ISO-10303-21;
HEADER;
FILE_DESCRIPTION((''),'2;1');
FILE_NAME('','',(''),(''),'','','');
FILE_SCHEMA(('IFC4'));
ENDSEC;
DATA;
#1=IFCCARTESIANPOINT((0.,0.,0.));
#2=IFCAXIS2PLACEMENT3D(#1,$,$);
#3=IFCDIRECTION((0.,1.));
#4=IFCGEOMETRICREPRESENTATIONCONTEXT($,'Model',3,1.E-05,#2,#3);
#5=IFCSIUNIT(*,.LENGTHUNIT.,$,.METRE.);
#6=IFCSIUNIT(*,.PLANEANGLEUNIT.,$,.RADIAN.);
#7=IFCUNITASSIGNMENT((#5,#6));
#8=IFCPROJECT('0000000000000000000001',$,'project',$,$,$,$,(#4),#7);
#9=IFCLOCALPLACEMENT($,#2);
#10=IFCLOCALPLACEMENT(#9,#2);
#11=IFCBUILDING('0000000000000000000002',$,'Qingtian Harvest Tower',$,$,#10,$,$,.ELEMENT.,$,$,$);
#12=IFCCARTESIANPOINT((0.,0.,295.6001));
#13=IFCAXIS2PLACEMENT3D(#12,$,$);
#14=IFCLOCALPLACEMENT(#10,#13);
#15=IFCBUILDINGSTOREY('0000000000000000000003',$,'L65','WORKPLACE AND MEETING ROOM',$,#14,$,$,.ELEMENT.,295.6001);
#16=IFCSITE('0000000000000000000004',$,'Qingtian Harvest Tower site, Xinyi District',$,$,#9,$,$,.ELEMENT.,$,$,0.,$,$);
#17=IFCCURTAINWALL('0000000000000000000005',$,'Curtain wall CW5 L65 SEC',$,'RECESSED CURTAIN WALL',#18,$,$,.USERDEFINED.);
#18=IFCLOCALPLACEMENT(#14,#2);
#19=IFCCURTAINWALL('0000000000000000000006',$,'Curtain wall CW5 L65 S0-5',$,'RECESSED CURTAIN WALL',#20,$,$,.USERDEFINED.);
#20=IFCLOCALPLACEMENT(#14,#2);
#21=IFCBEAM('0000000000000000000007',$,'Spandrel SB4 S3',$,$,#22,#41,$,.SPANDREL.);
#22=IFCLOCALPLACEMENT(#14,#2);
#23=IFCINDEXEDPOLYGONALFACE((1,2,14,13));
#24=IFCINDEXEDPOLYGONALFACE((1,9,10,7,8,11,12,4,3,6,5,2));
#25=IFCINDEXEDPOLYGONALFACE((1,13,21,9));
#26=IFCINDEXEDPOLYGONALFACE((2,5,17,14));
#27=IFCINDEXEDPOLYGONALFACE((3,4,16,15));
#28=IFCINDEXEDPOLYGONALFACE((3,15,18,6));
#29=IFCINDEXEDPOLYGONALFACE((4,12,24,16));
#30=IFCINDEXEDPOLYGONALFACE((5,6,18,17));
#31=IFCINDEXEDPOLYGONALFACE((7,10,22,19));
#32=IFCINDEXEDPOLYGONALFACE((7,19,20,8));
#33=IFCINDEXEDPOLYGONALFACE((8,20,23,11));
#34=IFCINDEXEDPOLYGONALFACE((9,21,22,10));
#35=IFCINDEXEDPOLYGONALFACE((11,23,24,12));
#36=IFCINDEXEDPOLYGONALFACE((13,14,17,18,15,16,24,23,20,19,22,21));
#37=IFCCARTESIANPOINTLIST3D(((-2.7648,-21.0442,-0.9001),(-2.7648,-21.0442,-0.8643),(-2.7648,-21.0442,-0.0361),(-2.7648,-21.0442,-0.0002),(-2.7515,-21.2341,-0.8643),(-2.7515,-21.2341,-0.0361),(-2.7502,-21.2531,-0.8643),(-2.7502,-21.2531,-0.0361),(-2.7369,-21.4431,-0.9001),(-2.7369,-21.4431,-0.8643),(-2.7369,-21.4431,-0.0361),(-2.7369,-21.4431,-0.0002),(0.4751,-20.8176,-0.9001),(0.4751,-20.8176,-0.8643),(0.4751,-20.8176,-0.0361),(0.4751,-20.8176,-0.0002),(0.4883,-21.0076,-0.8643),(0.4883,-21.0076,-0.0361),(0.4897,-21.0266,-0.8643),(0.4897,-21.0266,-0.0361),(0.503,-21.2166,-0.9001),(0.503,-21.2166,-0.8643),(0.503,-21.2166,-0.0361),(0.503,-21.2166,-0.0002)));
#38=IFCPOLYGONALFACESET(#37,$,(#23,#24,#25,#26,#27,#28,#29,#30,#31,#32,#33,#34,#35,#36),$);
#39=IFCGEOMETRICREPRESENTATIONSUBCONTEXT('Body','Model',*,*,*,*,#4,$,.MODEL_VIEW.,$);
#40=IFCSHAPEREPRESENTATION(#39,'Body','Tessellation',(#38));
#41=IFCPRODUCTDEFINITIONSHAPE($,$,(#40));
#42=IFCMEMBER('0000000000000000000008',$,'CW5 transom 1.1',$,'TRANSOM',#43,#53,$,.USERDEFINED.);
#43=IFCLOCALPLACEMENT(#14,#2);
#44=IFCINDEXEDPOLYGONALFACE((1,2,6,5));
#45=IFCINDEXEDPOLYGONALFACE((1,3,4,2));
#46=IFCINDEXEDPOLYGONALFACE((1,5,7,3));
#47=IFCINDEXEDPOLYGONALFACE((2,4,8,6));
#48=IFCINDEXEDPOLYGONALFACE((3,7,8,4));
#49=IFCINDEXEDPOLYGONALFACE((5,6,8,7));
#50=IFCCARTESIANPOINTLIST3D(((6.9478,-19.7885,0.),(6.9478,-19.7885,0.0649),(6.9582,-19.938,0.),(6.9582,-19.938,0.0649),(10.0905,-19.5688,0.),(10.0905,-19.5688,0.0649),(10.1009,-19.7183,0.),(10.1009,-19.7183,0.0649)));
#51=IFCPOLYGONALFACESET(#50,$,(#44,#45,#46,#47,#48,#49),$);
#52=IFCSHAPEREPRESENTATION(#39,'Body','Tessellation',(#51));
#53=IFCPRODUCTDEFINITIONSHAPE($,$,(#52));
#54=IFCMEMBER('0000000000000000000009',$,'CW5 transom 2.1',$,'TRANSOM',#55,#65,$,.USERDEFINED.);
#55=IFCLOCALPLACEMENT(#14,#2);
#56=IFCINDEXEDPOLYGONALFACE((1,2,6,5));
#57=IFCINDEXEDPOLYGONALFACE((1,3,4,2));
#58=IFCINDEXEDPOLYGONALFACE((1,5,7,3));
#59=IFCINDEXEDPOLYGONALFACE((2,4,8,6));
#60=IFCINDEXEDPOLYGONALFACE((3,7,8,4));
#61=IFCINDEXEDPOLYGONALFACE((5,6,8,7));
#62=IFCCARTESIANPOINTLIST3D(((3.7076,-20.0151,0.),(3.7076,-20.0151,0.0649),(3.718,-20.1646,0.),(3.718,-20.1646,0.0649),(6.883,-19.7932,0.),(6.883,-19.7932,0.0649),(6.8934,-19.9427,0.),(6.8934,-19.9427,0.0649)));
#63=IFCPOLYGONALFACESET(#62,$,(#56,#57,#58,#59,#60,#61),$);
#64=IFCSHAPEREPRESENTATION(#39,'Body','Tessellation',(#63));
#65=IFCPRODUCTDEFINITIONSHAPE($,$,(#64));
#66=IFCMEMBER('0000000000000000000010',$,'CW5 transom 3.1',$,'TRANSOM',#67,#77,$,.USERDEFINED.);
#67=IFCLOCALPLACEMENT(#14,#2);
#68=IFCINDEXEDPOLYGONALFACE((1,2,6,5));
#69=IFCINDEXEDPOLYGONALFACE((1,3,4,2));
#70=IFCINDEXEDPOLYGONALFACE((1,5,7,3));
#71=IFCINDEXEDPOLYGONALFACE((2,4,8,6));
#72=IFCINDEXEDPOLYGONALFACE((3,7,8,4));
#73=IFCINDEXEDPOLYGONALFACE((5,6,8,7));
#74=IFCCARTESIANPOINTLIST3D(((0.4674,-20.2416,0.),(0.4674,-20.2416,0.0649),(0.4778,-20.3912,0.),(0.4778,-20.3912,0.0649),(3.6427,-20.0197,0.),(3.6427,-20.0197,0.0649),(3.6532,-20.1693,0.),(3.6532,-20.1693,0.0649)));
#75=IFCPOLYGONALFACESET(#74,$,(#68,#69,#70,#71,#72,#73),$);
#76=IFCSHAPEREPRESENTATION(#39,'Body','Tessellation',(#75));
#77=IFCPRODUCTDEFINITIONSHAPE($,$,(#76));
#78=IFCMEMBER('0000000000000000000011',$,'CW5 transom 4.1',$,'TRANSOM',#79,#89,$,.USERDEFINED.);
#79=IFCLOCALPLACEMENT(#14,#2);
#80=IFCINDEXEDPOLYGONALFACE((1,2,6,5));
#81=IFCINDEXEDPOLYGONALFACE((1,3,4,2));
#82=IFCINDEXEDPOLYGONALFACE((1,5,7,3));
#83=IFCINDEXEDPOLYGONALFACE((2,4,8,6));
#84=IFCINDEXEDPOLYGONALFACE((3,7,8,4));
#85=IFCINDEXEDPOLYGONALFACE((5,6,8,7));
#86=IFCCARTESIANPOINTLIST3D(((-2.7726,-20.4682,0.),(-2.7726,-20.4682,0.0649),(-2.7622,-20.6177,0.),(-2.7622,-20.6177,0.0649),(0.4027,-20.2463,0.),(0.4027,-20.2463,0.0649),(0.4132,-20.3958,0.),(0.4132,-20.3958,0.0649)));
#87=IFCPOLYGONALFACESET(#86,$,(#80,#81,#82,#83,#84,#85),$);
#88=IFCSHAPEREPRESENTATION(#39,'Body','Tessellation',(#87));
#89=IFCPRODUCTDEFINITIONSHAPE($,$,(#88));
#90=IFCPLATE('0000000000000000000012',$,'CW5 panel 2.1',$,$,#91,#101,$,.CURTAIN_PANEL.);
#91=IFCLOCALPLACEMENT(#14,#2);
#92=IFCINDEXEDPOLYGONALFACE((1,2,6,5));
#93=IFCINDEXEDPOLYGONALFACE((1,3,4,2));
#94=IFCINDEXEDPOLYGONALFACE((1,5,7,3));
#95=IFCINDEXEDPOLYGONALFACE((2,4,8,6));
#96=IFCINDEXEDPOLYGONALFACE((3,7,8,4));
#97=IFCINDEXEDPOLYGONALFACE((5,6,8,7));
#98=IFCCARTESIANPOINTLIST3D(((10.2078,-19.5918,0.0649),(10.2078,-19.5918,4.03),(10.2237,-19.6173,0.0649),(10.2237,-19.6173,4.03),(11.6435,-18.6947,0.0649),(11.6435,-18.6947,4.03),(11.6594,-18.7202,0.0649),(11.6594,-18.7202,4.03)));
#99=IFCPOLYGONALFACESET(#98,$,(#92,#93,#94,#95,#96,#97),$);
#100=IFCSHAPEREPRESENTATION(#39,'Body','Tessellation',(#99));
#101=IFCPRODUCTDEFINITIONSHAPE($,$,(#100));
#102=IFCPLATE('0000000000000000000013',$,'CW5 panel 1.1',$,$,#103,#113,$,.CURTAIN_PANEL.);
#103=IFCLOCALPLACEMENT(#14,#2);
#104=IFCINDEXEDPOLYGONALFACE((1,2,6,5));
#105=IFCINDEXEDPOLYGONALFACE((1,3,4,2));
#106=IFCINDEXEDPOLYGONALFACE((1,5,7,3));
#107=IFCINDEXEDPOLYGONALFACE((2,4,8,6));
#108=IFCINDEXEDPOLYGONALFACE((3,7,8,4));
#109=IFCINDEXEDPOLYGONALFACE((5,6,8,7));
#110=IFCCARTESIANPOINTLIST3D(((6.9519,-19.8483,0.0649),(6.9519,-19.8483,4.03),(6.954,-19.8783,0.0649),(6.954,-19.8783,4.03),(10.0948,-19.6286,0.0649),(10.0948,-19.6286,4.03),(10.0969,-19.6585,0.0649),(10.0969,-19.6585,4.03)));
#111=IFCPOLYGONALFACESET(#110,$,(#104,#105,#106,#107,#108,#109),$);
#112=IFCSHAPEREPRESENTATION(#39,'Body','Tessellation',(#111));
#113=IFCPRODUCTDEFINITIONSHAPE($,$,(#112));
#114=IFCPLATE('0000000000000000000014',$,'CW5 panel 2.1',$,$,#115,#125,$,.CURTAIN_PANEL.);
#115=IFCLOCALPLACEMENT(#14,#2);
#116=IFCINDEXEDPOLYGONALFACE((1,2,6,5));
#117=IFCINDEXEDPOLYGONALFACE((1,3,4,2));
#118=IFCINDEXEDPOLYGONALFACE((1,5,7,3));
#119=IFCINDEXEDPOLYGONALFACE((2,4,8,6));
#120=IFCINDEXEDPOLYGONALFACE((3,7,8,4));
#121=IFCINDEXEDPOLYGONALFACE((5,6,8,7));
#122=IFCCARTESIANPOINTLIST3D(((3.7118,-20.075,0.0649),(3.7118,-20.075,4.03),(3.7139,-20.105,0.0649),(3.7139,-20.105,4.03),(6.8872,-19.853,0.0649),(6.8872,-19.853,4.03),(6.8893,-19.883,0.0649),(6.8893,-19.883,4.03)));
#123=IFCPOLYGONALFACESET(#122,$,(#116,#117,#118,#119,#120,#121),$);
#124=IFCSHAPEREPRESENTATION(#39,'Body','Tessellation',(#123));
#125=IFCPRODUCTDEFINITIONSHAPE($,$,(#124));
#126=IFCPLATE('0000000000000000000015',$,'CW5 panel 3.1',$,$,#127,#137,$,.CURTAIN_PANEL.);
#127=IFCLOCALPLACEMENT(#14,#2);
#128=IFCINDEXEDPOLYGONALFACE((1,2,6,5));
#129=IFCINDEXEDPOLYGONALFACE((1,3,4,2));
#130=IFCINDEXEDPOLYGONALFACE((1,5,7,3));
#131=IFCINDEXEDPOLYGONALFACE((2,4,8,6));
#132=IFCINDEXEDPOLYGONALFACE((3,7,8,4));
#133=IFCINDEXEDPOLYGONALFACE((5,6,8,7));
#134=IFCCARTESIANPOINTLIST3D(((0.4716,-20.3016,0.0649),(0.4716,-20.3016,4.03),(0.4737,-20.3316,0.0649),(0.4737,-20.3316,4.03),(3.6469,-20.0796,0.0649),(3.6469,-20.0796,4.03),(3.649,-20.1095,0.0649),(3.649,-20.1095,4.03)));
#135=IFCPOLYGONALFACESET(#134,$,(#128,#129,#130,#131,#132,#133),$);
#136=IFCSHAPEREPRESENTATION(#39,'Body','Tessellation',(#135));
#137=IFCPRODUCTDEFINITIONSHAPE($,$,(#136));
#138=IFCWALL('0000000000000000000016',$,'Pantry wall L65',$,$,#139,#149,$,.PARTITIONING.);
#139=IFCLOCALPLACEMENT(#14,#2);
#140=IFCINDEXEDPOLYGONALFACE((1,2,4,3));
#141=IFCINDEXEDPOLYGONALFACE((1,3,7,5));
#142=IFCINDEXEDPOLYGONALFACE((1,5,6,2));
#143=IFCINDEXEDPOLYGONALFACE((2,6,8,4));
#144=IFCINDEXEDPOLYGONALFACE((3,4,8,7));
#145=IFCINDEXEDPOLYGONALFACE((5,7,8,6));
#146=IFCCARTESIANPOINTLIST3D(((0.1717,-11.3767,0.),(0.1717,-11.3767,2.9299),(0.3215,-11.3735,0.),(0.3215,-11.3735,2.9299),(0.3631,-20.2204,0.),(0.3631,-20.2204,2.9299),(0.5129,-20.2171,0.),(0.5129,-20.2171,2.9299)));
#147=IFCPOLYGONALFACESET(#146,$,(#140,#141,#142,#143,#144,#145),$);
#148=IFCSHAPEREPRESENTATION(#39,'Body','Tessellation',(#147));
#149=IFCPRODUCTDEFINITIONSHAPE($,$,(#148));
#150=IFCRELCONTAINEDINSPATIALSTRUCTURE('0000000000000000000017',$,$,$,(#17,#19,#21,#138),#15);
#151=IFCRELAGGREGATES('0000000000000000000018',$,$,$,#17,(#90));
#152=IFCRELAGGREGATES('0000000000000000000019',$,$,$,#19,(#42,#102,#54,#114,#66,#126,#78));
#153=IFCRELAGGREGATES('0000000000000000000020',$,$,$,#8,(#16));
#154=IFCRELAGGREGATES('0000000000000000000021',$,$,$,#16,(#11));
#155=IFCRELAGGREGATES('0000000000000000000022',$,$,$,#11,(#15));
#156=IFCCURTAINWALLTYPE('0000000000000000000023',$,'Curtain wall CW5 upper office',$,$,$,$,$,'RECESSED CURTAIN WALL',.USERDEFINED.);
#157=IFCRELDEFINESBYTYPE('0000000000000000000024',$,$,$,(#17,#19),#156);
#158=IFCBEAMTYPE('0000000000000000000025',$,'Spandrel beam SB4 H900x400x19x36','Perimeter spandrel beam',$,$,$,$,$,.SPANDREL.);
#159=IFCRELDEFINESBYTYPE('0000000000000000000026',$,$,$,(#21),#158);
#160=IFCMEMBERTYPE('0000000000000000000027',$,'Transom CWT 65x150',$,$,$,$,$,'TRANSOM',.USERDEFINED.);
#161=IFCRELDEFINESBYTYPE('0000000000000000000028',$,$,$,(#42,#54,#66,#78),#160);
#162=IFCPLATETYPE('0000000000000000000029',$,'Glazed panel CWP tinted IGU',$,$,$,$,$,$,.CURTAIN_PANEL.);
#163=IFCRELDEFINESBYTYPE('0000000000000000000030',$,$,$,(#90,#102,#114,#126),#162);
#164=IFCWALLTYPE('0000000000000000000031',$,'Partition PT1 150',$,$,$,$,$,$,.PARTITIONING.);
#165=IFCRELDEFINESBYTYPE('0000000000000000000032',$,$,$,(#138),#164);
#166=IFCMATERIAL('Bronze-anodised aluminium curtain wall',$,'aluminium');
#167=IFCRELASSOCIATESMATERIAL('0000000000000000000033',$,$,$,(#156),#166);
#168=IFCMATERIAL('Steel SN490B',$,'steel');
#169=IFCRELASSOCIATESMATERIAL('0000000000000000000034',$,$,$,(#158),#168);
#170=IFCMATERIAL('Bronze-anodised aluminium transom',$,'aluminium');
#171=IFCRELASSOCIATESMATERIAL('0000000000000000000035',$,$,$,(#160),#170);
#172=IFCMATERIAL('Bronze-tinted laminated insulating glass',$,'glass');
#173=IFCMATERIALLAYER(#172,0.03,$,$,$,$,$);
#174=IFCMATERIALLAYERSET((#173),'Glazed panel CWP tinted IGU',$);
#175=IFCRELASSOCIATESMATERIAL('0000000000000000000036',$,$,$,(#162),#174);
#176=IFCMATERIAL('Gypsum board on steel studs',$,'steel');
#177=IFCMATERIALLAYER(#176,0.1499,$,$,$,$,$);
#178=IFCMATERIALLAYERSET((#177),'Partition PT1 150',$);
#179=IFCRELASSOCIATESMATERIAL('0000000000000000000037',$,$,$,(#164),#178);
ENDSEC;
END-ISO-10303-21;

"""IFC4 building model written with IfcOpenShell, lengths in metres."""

from ifc_helpers import new_model, si_unit, direction, frame, frame_2d, origin, origin_2d, place, context, subcontext, project, spatial, rectangle, i_section, extrude, material, layer, layer_set, material_profile, profile_set, type_object, element, aggregate, save


model = new_model("IFC4")

# Units and contexts
model_context = context("Model", 3, precision=1e-05, world=origin(), true_north=direction((0.0, 1.0)))
body_context = subcontext(model_context, "Body", "Model", "MODEL_VIEW")
ifc_project = project(units=[si_unit("LENGTHUNIT", "METRE"), si_unit("PLANEANGLEUNIT", "RADIAN")], contexts=[model_context])

# Site, building, storey
site_placement = place(None, origin())
site = spatial("IfcSite", under=ifc_project, at=site_placement, Name="Qingtian Harvest Tower site, Xinyi District", CompositionType="ELEMENT", RefElevation=0.0)
building_placement = place(site_placement, origin())
building = spatial("IfcBuilding", under=site, at=building_placement, Name="Qingtian Harvest Tower", CompositionType="ELEMENT")
storey_placement = place(building_placement, frame((0.0, 0.0, 295.6001)))
storey = spatial("IfcBuildingStorey", under=building, at=storey_placement, Name="L65", Description="WORKPLACE AND MEETING ROOM", CompositionType="ELEMENT", Elevation=295.6001)

# Curtain wall
ifc_material_1 = material(Name="Bronze-anodised aluminium curtain wall", Category="aluminium")
curtain_wall_type = type_object("IfcCurtainWallType", Name="Curtain wall CW5 upper office", ElementType="RECESSED CURTAIN WALL", PredefinedType="USERDEFINED", material=ifc_material_1)
curtain_wall_1_placement = place(storey_placement, origin())
curtain_wall_1 = element("IfcCurtainWall", 1, at=curtain_wall_1_placement, inside=storey, type_object=curtain_wall_type, Name="Curtain wall CW5 L65 SEC", ObjectType="RECESSED CURTAIN WALL", PredefinedType="USERDEFINED")

# Curtain wall
curtain_wall_2_placement = place(storey_placement, origin())
curtain_wall_2 = element("IfcCurtainWall", 2, at=curtain_wall_2_placement, inside=storey, type_object=curtain_wall_type, Name="Curtain wall CW5 L65 S0-5", ObjectType="RECESSED CURTAIN WALL", PredefinedType="USERDEFINED")

# Beam
ifc_material_2 = material(Name="Steel SN490B", Category="steel")
ifc_material_profile_1 = material_profile(ifc_material_2, i_section(OverallWidth=0.3999, OverallDepth=0.8999, WebThickness=0.019, FlangeThickness=0.0359, at=origin_2d()), Name="H900x400x19x36")
ifc_profile_set_1 = profile_set([ifc_material_profile_1], Name="Steel SN490B")
beam_type_1 = type_object("IfcBeamType", Name="Spandrel beam SB4 H900x400x19x36", Description="Perimeter spandrel beam", PredefinedType="SPANDREL", material=ifc_profile_set_1)
beam_1_placement = place(storey_placement, frame((0.489, -21.0171, -0.4502), z_axis=(-0.997564, -0.069757, 0.0), x_axis=(0.069757, -0.997564, 0.0)))
element("IfcBeam", 3, at=beam_1_placement, inside=storey, type_object=beam_type_1, Name="Spandrel SB4 S3", PredefinedType="SPANDREL", context=body_context, shape_type="SweptSolid", body=[
    extrude(i_section(OverallWidth=0.3999, OverallDepth=0.8999, WebThickness=0.019, FlangeThickness=0.0359, at=origin_2d()), origin(), (0.0, 0.0, 1.0), 3.2478),
])

# Members
ifc_material_3 = material(Name="Bronze-anodised aluminium transom", Category="aluminium")
ifc_material_profile_2 = material_profile(ifc_material_3, rectangle(XDim=0.1499, YDim=0.0649, at=origin_2d()), Name="AL 65x150")
ifc_profile_set_2 = profile_set([ifc_material_profile_2], Name="Bronze-anodised aluminium transom")
member_type_1 = type_object("IfcMemberType", Name="Transom CWT 65x150", ElementType="TRANSOM", PredefinedType="USERDEFINED", material=ifc_profile_set_2)
member_1_placement = place(storey_placement, frame((10.0957, -19.6436, 0.0325), z_axis=(-0.997565, -0.069744, 0.0), x_axis=(0.069744, -0.997565, 0.0)))
member_1 = element("IfcMember", 4, at=member_1_placement, type_object=member_type_1, Name="CW5 transom 1.1", ObjectType="TRANSOM", PredefinedType="USERDEFINED", context=body_context, shape_type="SweptSolid", body=[
    extrude(rectangle(XDim=0.1499, YDim=0.0649, at=origin_2d()), origin(), (0.0, 0.0, 1.0), 3.1504),
])
member_2_placement = place(storey_placement, frame((6.8882, -19.8679, 0.0325), z_axis=(-0.997567, -0.069721, 0.0), x_axis=(0.069721, -0.997567, 0.0)))
member_2 = element("IfcMember", 5, at=member_2_placement, type_object=member_type_1, Name="CW5 transom 2.1", ObjectType="TRANSOM", PredefinedType="USERDEFINED", context=body_context, shape_type="SweptSolid", body=[
    extrude(rectangle(XDim=0.1499, YDim=0.0649, at=origin_2d()), origin(), (0.0, 0.0, 1.0), 3.1831),
])
member_3_placement = place(storey_placement, frame((3.6479, -20.0945, 0.0325), z_axis=(-0.997567, -0.069721, 0.0), x_axis=(0.069721, -0.997567, 0.0)))
member_3 = element("IfcMember", 6, at=member_3_placement, type_object=member_type_1, Name="CW5 transom 3.1", ObjectType="TRANSOM", PredefinedType="USERDEFINED", context=body_context, shape_type="SweptSolid", body=[
    extrude(rectangle(XDim=0.1499, YDim=0.0649, at=origin_2d()), origin(), (0.0, 0.0, 1.0), 3.1831),
])
member_4_placement = place(storey_placement, frame((0.408, -20.321, 0.0325), z_axis=(-0.997567, -0.069721, 0.0), x_axis=(0.069721, -0.997567, 0.0)))
member_4 = element("IfcMember", 7, at=member_4_placement, type_object=member_type_1, Name="CW5 transom 4.1", ObjectType="TRANSOM", PredefinedType="USERDEFINED", context=body_context, shape_type="SweptSolid", body=[
    extrude(rectangle(XDim=0.1499, YDim=0.0649, at=origin_2d()), origin(), (0.0, 0.0, 1.0), 3.1831),
])

# Plates
ifc_material_4 = material(Name="Bronze-tinted laminated insulating glass", Category="glass")
ifc_layer_1 = layer(ifc_material_4, 0.03)
ifc_layer_set_1 = layer_set([ifc_layer_1], Name="Glazed panel CWP tinted IGU")
plate_type = type_object("IfcPlateType", Name="Glazed panel CWP tinted IGU", PredefinedType="CURTAIN_PANEL", material=ifc_layer_set_1)
plate_1_placement = place(storey_placement, frame((10.9336, -19.156, 0.0649), z_axis=(0.0, 0.0, 1.0), x_axis=(-0.848048, -0.529919, 0.0)))
plate_1 = element("IfcPlate", 8, at=plate_1_placement, type_object=plate_type, Name="CW5 panel 2.1", PredefinedType="CURTAIN_PANEL", context=body_context, shape_type="SweptSolid", body=[
    extrude(rectangle(XDim=1.6929, YDim=0.03, at=origin_2d()), origin(), (0.0, 0.0, 1.0), 3.9651),
])
aggregate(curtain_wall_1, [plate_1])
plate_2_placement = place(storey_placement, frame((8.5244, -19.7534, 0.0649), z_axis=(0.0, 0.0, 1.0), x_axis=(-0.997564, -0.069756, 0.0)))
plate_2 = element("IfcPlate", 9, at=plate_2_placement, type_object=plate_type, Name="CW5 panel 1.1", PredefinedType="CURTAIN_PANEL", context=body_context, shape_type="SweptSolid", body=[
    extrude(rectangle(XDim=3.1506, YDim=0.03, at=origin_2d()), origin(), (0.0, 0.0, 1.0), 3.9651),
])
plate_3_placement = place(storey_placement, frame((5.3005, -19.979, 0.0649), z_axis=(0.0, 0.0, 1.0), x_axis=(-0.997564, -0.069756, 0.0)))
plate_3 = element("IfcPlate", 10, at=plate_3_placement, type_object=plate_type, Name="CW5 panel 2.1", PredefinedType="CURTAIN_PANEL", context=body_context, shape_type="SweptSolid", body=[
    extrude(rectangle(XDim=3.1831, YDim=0.03, at=origin_2d()), origin(), (0.0, 0.0, 1.0), 3.9651),
])
plate_4_placement = place(storey_placement, frame((2.0603, -20.2056, 0.0649), z_axis=(0.0, 0.0, 1.0), x_axis=(-0.997564, -0.069756, 0.0)))
plate_4 = element("IfcPlate", 11, at=plate_4_placement, type_object=plate_type, Name="CW5 panel 3.1", PredefinedType="CURTAIN_PANEL", context=body_context, shape_type="SweptSolid", body=[
    extrude(rectangle(XDim=3.1831, YDim=0.03, at=origin_2d()), origin(), (0.0, 0.0, 1.0), 3.9651),
])
aggregate(curtain_wall_2, [member_1, plate_2, member_2, plate_3, member_3, plate_4, member_4])

# Wall
ifc_material_5 = material(Name="Gypsum board on steel studs", Category="steel")
ifc_layer_2 = layer(ifc_material_5, 0.1499)
ifc_layer_set_2 = layer_set([ifc_layer_2], Name="Partition PT1 150")
wall_type = type_object("IfcWallType", Name="Partition PT1 150", PredefinedType="PARTITIONING", material=ifc_layer_set_2)
wall_placement = place(storey_placement, frame((0.438, -20.2188, 0.0), z_axis=(0.0, 0.0, 1.0), x_axis=(-0.021638, 0.999766, 0.0)))
element("IfcWall", 12, at=wall_placement, inside=storey, type_object=wall_type, Name="Pantry wall L65", PredefinedType="PARTITIONING", context=body_context, shape_type="SweptSolid", body=[
    extrude(rectangle(XDim=8.8457, YDim=0.1499, at=frame_2d((4.4229, 0.0))), origin(), (0.0, 0.0, 1.0), 2.9299),
])

save(model, "model.ifc")
